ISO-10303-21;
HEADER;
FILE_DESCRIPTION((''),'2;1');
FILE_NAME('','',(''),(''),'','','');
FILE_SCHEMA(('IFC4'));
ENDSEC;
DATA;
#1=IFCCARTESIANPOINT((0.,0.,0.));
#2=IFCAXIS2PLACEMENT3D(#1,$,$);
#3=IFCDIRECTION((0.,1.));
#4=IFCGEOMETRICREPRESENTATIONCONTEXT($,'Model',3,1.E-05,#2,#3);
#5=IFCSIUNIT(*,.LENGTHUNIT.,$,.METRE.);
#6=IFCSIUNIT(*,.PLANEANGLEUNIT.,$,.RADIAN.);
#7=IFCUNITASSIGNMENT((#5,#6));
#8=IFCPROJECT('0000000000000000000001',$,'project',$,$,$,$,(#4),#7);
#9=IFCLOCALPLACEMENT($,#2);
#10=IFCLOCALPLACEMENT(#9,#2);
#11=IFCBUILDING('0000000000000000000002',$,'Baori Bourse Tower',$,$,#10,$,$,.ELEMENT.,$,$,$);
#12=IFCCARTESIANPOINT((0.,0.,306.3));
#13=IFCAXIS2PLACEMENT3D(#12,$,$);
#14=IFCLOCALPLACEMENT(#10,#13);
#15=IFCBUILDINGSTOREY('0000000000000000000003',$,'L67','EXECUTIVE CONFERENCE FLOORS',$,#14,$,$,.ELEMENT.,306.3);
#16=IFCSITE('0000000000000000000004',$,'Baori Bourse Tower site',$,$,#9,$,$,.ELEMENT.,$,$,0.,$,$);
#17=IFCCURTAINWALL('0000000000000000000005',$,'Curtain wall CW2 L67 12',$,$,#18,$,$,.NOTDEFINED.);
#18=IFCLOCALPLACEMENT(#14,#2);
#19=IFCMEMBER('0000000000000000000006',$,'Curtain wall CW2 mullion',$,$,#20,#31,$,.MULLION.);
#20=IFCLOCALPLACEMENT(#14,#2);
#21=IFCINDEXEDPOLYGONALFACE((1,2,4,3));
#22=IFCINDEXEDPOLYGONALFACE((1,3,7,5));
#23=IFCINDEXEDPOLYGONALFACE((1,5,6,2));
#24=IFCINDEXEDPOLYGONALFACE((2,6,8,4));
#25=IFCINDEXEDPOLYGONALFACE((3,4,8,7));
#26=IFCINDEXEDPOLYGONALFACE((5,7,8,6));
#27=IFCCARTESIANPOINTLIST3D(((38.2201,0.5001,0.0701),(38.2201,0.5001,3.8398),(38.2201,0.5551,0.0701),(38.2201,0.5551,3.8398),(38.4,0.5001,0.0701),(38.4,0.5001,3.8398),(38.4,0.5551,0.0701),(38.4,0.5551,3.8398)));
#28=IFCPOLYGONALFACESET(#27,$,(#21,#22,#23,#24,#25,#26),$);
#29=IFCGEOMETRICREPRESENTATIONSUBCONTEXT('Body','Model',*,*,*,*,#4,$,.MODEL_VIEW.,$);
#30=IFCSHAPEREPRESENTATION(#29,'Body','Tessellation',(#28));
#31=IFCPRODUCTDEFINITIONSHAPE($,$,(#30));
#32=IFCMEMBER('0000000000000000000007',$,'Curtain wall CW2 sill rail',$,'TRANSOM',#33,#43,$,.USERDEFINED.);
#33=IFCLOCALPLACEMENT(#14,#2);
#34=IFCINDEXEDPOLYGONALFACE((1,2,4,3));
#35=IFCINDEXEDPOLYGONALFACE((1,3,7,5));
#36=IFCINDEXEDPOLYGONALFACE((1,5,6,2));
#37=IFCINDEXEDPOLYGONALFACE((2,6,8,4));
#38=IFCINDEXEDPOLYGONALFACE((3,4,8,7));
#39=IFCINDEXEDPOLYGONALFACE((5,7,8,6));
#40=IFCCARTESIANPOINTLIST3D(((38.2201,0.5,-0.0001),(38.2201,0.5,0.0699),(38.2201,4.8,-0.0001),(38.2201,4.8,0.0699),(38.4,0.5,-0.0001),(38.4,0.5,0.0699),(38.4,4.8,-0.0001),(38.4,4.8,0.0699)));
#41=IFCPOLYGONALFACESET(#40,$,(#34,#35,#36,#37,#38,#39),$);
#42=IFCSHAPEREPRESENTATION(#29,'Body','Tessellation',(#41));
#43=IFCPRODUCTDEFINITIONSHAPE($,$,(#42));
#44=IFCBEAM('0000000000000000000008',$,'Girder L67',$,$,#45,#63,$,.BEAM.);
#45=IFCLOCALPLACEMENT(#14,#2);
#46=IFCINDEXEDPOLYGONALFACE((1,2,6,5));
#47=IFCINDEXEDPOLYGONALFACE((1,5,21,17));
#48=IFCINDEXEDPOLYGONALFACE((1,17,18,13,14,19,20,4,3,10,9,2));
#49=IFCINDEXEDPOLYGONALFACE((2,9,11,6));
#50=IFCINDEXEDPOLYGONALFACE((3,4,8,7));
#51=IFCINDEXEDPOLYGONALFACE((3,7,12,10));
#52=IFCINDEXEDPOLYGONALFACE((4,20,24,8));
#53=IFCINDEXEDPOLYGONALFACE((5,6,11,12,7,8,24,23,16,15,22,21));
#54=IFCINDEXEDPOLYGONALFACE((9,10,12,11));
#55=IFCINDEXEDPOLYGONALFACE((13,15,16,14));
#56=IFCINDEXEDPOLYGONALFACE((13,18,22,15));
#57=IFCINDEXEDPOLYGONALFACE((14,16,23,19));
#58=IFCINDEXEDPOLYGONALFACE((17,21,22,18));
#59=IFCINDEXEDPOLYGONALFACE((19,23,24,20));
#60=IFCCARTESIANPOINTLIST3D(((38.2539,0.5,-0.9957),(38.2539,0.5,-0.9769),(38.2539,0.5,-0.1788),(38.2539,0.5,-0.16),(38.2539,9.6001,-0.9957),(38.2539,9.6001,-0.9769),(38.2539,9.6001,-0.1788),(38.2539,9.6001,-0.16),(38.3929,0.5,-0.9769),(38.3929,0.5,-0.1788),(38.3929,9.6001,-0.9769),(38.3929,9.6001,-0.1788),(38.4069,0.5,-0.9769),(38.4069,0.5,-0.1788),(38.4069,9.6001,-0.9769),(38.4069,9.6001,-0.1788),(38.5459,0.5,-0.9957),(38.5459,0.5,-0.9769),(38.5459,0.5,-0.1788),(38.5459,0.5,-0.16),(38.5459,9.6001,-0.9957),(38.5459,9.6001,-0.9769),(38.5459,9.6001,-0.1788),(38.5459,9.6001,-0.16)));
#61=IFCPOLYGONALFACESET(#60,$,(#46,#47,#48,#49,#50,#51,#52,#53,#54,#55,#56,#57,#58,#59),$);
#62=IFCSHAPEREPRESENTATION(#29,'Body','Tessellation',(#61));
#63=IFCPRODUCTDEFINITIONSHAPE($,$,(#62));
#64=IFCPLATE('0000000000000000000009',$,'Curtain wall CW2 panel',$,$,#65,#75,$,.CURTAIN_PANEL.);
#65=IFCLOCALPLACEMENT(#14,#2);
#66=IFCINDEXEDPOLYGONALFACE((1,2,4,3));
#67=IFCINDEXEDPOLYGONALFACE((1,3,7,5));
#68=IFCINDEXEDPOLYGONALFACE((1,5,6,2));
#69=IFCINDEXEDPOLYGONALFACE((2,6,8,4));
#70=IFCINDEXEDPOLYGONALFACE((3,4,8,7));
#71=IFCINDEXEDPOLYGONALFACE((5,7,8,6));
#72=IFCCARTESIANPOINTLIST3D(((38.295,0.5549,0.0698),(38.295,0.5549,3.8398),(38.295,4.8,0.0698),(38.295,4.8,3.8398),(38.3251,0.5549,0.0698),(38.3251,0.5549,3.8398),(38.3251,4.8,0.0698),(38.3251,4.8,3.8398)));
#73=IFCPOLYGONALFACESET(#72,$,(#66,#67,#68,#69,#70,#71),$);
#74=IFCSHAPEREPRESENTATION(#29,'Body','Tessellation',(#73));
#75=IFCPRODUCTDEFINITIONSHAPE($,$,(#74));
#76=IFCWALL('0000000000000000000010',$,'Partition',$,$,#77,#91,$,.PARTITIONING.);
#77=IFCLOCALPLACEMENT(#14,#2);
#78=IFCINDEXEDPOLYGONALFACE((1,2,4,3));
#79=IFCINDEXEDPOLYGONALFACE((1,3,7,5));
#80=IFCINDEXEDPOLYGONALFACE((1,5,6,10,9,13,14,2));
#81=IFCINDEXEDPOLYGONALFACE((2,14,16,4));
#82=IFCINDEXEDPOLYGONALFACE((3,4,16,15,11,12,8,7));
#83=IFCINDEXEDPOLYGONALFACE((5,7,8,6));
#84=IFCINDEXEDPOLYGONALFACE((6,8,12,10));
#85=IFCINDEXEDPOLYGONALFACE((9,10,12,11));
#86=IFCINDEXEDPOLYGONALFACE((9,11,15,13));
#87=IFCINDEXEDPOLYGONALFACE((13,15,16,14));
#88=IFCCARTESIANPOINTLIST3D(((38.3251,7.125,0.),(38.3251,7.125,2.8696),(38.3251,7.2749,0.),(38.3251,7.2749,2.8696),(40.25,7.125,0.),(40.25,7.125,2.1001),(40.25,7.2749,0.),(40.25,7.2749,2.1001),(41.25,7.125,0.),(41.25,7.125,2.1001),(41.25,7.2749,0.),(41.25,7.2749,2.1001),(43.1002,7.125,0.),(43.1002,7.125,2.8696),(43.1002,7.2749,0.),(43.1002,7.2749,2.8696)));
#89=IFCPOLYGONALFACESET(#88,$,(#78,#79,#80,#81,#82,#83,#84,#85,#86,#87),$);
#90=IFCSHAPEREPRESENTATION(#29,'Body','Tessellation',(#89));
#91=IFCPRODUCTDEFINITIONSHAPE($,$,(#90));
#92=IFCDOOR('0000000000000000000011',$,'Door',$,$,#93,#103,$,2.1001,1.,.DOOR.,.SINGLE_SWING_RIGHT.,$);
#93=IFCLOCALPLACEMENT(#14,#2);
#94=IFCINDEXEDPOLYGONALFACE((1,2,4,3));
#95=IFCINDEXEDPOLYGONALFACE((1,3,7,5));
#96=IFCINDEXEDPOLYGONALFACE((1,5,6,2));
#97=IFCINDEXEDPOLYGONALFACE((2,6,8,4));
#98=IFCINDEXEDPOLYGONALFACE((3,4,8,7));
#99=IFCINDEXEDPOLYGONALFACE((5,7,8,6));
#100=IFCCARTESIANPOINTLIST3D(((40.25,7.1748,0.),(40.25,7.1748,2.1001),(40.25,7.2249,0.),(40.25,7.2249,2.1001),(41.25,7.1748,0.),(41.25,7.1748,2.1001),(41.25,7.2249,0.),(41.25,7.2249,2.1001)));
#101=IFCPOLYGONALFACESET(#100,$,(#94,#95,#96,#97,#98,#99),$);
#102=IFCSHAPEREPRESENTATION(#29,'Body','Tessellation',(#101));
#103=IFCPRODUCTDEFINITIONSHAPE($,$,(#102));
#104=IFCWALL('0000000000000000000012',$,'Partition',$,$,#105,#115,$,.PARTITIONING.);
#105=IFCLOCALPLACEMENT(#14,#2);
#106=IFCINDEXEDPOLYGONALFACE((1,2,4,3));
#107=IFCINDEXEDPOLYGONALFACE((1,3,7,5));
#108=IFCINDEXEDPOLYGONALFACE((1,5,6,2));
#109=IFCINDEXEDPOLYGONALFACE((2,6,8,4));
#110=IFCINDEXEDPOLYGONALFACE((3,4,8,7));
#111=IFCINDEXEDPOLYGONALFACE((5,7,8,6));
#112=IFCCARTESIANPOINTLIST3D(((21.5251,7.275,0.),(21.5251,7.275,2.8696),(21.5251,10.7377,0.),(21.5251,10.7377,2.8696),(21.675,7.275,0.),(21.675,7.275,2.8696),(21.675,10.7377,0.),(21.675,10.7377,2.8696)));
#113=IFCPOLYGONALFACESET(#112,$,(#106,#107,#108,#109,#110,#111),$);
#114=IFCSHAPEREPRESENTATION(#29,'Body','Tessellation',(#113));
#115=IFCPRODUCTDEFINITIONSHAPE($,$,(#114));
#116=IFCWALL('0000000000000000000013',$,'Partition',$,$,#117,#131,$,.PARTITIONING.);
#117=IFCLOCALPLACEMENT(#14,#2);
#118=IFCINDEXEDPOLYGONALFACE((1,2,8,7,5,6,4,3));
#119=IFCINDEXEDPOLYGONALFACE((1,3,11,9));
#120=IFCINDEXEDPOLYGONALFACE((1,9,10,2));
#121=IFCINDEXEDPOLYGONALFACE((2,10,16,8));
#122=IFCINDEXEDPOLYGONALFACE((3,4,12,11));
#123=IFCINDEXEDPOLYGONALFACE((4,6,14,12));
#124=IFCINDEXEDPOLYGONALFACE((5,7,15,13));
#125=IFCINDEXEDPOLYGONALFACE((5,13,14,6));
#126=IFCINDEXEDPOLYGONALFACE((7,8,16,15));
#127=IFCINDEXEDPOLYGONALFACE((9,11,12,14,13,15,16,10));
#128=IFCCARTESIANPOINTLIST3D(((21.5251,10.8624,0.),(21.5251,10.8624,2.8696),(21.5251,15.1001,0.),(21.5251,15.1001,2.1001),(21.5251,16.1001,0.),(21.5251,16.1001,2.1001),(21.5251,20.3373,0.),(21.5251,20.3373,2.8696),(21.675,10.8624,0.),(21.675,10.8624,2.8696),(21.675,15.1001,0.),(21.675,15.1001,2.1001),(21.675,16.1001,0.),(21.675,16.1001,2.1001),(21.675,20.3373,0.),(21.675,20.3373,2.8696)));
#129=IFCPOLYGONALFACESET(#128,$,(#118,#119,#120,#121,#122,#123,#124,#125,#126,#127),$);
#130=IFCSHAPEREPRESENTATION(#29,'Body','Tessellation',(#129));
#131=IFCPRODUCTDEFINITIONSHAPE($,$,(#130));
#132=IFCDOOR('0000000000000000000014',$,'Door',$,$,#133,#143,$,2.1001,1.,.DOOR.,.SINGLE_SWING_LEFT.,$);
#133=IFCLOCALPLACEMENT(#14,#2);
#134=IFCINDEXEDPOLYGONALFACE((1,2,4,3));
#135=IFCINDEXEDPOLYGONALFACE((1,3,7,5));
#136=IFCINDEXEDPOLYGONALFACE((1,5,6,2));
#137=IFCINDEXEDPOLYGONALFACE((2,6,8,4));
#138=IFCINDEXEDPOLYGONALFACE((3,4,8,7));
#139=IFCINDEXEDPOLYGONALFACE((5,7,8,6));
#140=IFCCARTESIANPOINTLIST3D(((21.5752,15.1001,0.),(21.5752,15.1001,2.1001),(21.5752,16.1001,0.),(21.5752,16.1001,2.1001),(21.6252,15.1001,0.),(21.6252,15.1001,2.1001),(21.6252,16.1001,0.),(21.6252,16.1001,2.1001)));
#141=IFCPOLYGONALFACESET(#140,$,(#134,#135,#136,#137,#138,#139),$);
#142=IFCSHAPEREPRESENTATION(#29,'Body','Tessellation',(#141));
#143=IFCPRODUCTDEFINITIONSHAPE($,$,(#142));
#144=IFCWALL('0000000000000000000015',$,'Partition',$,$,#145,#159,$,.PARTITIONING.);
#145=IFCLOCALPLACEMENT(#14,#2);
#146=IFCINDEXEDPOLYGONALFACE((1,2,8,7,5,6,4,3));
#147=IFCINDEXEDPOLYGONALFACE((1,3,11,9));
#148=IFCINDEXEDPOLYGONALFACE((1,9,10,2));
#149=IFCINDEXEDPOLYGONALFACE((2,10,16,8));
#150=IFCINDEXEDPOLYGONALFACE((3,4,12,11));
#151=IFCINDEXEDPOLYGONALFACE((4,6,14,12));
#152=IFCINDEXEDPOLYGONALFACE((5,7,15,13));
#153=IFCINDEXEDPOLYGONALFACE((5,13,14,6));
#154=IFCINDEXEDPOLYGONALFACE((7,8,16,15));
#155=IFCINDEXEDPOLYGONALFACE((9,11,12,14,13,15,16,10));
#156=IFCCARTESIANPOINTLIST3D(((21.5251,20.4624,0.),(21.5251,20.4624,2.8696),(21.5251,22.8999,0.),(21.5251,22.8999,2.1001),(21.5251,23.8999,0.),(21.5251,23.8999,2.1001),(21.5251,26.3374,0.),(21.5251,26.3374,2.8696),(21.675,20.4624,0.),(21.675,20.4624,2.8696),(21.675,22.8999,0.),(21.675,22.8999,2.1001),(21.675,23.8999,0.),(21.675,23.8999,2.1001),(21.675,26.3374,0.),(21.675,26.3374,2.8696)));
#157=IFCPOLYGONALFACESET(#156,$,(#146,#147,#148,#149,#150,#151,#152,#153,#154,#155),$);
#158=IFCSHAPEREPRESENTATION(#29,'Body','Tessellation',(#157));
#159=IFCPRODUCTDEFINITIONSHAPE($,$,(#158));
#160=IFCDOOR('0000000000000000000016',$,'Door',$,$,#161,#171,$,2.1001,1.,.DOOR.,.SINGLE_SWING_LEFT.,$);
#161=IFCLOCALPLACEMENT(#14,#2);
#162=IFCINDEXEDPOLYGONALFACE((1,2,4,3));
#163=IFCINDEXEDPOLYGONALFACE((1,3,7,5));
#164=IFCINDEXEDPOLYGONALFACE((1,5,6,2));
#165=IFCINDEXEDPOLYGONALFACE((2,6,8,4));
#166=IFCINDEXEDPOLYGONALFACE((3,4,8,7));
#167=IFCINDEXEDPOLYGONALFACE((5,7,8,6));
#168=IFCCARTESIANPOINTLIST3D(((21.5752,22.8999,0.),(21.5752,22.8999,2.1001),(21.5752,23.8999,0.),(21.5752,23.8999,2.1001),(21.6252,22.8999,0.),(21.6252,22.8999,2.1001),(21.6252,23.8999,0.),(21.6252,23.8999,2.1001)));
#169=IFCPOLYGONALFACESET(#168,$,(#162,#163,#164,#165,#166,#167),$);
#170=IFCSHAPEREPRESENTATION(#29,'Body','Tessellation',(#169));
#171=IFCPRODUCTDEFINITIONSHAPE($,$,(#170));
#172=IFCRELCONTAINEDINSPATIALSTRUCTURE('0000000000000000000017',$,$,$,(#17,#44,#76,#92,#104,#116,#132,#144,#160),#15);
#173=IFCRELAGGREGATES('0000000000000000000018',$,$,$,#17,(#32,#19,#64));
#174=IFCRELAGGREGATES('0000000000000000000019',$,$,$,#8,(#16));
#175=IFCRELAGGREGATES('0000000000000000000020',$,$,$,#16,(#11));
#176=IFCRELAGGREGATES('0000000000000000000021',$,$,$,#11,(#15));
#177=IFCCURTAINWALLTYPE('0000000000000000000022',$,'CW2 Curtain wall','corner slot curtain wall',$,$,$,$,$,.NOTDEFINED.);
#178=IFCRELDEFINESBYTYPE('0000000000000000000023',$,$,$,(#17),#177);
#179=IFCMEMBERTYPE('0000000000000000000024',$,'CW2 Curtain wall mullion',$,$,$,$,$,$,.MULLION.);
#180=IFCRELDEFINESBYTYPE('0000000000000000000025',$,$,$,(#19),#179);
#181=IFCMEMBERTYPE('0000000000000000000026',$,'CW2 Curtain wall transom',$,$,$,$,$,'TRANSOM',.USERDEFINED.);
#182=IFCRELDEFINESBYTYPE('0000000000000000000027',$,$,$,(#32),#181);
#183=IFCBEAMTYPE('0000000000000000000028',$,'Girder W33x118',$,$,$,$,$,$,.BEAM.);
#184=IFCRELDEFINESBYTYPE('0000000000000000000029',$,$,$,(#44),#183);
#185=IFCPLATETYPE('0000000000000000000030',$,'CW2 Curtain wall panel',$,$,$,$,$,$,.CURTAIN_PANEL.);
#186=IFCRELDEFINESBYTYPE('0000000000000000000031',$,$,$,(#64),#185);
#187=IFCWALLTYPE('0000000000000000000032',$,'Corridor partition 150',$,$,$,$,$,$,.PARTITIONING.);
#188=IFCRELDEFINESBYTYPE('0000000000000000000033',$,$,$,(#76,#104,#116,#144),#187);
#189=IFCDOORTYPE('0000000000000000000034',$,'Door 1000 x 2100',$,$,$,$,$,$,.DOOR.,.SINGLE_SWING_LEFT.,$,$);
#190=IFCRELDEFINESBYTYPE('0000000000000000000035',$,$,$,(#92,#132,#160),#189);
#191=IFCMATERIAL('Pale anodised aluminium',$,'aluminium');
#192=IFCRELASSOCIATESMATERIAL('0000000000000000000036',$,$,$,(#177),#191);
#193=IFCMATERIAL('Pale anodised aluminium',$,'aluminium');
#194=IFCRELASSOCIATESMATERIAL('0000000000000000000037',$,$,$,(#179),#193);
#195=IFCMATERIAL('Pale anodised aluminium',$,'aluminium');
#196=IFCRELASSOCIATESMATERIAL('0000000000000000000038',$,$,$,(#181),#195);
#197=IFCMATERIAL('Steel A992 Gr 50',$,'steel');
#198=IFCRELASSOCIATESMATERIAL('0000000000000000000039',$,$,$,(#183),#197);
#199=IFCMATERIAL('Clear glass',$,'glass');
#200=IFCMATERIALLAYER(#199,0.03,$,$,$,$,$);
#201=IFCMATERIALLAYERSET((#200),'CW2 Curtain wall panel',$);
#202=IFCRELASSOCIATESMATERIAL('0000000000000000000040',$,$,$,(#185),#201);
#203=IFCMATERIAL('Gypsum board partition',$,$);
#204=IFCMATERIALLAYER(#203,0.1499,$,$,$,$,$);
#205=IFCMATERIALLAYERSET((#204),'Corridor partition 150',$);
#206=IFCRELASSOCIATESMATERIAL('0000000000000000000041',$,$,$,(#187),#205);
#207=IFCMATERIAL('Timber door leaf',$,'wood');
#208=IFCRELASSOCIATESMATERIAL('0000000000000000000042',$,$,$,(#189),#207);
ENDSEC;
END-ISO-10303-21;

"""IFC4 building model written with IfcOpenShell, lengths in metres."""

from ifc_helpers import new_model, si_unit, direction, frame, frame_2d, origin, origin_2d, place, context, subcontext, project, spatial, rectangle, i_section, extrude, material, layer, layer_set, material_profile, profile_set, type_object, element, fill, aggregate, save


model = new_model("IFC4")

# Units and contexts
model_context = context("Model", 3, precision=1e-05, world=origin(), true_north=direction((0.0, 1.0)))
body_context = subcontext(model_context, "Body", "Model", "MODEL_VIEW")
ifc_project = project(units=[si_unit("LENGTHUNIT", "METRE"), si_unit("PLANEANGLEUNIT", "RADIAN")], contexts=[model_context])

# Site, building, storey
site_placement = place(None, origin())
site = spatial("IfcSite", under=ifc_project, at=site_placement, Name="Baori Bourse Tower site", CompositionType="ELEMENT", RefElevation=0.0)
building_placement = place(site_placement, origin())
building = spatial("IfcBuilding", under=site, at=building_placement, Name="Baori Bourse Tower", CompositionType="ELEMENT")
storey_placement = place(building_placement, frame((0.0, 0.0, 306.3)))
storey = spatial("IfcBuildingStorey", under=building, at=storey_placement, Name="L67", Description="EXECUTIVE CONFERENCE FLOORS", CompositionType="ELEMENT", Elevation=306.3)

# Curtain wall, members
ifc_material_1 = material(Name="Pale anodised aluminium", Category="aluminium")
curtain_wall_type = type_object("IfcCurtainWallType", Name="CW2 Curtain wall", Description="corner slot curtain wall", PredefinedType="NOTDEFINED", material=ifc_material_1)
curtain_wall_placement = place(storey_placement, origin())
curtain_wall = element("IfcCurtainWall", 1, at=curtain_wall_placement, inside=storey, type_object=curtain_wall_type, Name="Curtain wall CW2 L67 12", PredefinedType="NOTDEFINED")
ifc_material_2 = material(Name="Pale anodised aluminium", Category="aluminium")
ifc_material_profile_1 = material_profile(ifc_material_2, rectangle(XDim=0.1799, YDim=0.0549, at=origin_2d()), Name="Mullion 55x180")
ifc_profile_set_1 = profile_set([ifc_material_profile_1], Name="Pale anodised aluminium")
member_type_1 = type_object("IfcMemberType", Name="CW2 Curtain wall mullion", PredefinedType="MULLION", material=ifc_profile_set_1)
member_1_placement = place(storey_placement, frame((38.3101, 0.5276, 0.0701), z_axis=(0.0, 0.0, 1.0), x_axis=(-1.0, 0.0, 0.0)))
member_1 = element("IfcMember", 2, at=member_1_placement, type_object=member_type_1, Name="Curtain wall CW2 mullion", PredefinedType="MULLION", context=body_context, shape_type="SweptSolid", body=[
    extrude(rectangle(XDim=0.1799, YDim=0.0549, at=origin_2d()), origin(), (0.0, 0.0, 1.0), 3.7698),
])
ifc_material_3 = material(Name="Pale anodised aluminium", Category="aluminium")
ifc_material_profile_2 = material_profile(ifc_material_3, rectangle(XDim=0.1799, YDim=0.0701, at=origin_2d()), Name="Transom 70x180")
ifc_profile_set_2 = profile_set([ifc_material_profile_2], Name="Pale anodised aluminium")
member_type_2 = type_object("IfcMemberType", Name="CW2 Curtain wall transom", ElementType="TRANSOM", PredefinedType="USERDEFINED", material=ifc_profile_set_2)
member_2_placement = place(storey_placement, frame((38.3101, 0.5, 0.0349), z_axis=(0.0, 1.0, 0.0), x_axis=(-1.0, 0.0, 0.0)))
member_2 = element("IfcMember", 3, at=member_2_placement, type_object=member_type_2, Name="Curtain wall CW2 sill rail", ObjectType="TRANSOM", PredefinedType="USERDEFINED", context=body_context, shape_type="SweptSolid", body=[
    extrude(rectangle(XDim=0.1799, YDim=0.0701, at=origin_2d()), origin(), (0.0, 0.0, 1.0), 4.3),
])

# Beam
ifc_material_4 = material(Name="Steel A992 Gr 50", Category="steel")
ifc_material_profile_3 = material_profile(ifc_material_4, i_section(OverallWidth=0.292, OverallDepth=0.8357, WebThickness=0.0139, FlangeThickness=0.0188, at=origin_2d()), Name="W33x118")
ifc_profile_set_3 = profile_set([ifc_material_profile_3], Name="Steel A992 Gr 50")
beam_type = type_object("IfcBeamType", Name="Girder W33x118", PredefinedType="BEAM", material=ifc_profile_set_3)
beam_placement = place(storey_placement, frame((38.3999, 0.5, -0.5779), z_axis=(0.0, 1.0, 0.0), x_axis=(-1.0, 0.0, 0.0)))
element("IfcBeam", 4, at=beam_placement, inside=storey, type_object=beam_type, Name="Girder L67", PredefinedType="BEAM", context=body_context, shape_type="SweptSolid", body=[
    extrude(i_section(OverallWidth=0.292, OverallDepth=0.8357, WebThickness=0.0139, FlangeThickness=0.0188, at=origin_2d()), origin(), (0.0, 0.0, 1.0), 9.1001),
])

# Plate
ifc_material_5 = material(Name="Clear glass", Category="glass")
ifc_layer_1 = layer(ifc_material_5, 0.03)
ifc_layer_set_1 = layer_set([ifc_layer_1], Name="CW2 Curtain wall panel")
plate_type = type_object("IfcPlateType", Name="CW2 Curtain wall panel", PredefinedType="CURTAIN_PANEL", material=ifc_layer_set_1)
plate_placement = place(storey_placement, frame((38.3101, 2.6775, 0.0698), z_axis=(0.0, 0.0, 1.0), x_axis=(0.0, 1.0, 0.0)))
plate = element("IfcPlate", 5, at=plate_placement, type_object=plate_type, Name="Curtain wall CW2 panel", PredefinedType="CURTAIN_PANEL", context=body_context, shape_type="SweptSolid", body=[
    extrude(rectangle(XDim=4.2451, YDim=0.03, at=origin_2d()), origin(), (0.0, 0.0, 1.0), 3.77),
])
aggregate(curtain_wall, [member_2, member_1, plate])

# Wall, opening, door
ifc_material_6 = material(Name="Gypsum board partition")
ifc_layer_2 = layer(ifc_material_6, 0.1499)
ifc_layer_set_2 = layer_set([ifc_layer_2], Name="Corridor partition 150")
wall_type_1 = type_object("IfcWallType", Name="Corridor partition 150", PredefinedType="PARTITIONING", material=ifc_layer_set_2)
wall_1_placement = place(storey_placement, frame((38.325, 7.2, 0.0), z_axis=(0.0, 0.0, 1.0), x_axis=(1.0, 0.0, 0.0)))
wall_1 = element("IfcWall", 6, at=wall_1_placement, inside=storey, type_object=wall_type_1, Name="Partition", PredefinedType="PARTITIONING", context=body_context, shape_type="SweptSolid", body=[
    extrude(rectangle(XDim=4.7751, YDim=0.1499, at=frame_2d((2.3877, 0.0))), origin(), (0.0, 0.0, 1.0), 2.8696),
])
opening_1_placement = place(wall_1_placement, frame((1.925, 0.0, 0.0)))
opening_1 = element("IfcOpeningElement", 7, at=opening_1_placement, cuts=wall_1, PredefinedType="OPENING", context=body_context, shape_type="SweptSolid", body=[
    extrude(rectangle(XDim=1.0, YDim=2.1001, at=frame_2d((0.5, 1.05))), frame((0.0, 0.085, 0.0), z_axis=(0.0, -1.0, 0.0), x_axis=(1.0, 0.0, 0.0)), (0.0, 0.0, 1.0), 0.1699),
])
ifc_material_7 = material(Name="Timber door leaf", Category="wood")
door_type = type_object("IfcDoorType", Name="Door 1000 x 2100", OperationType="SINGLE_SWING_LEFT", PredefinedType="DOOR", material=ifc_material_7)
door_1_placement = place(opening_1_placement, origin())
door_1 = element("IfcDoor", 8, at=door_1_placement, inside=storey, type_object=door_type, Name="Door", OperationType="SINGLE_SWING_RIGHT", OverallHeight=2.1001, OverallWidth=1.0, PredefinedType="DOOR", context=body_context, shape_type="SweptSolid", body=[
    extrude(rectangle(XDim=1.0, YDim=2.1001, at=frame_2d((0.5, 1.05))), frame((0.0, 0.0249, 0.0), z_axis=(0.0, -1.0, 0.0), x_axis=(1.0, 0.0, 0.0)), (0.0, 0.0, 1.0), 0.05),
])
fill(opening_1, door_1)

# Wall
wall_2_placement = place(storey_placement, frame((21.6001, 7.2749, 0.0), z_axis=(0.0, 0.0, 1.0), x_axis=(0.0, 1.0, 0.0)))
element("IfcWall", 9, at=wall_2_placement, inside=storey, type_object=wall_type_1, Name="Partition", PredefinedType="PARTITIONING", context=body_context, shape_type="SweptSolid", body=[
    extrude(rectangle(XDim=3.4626, YDim=0.1499, at=frame_2d((1.7314, 0.0))), origin(), (0.0, 0.0, 1.0), 2.8696),
])

# Walls, openings, doors
wall_3_placement = place(storey_placement, frame((21.6001, 10.8625, 0.0), z_axis=(0.0, 0.0, 1.0), x_axis=(0.0, 1.0, 0.0)))
wall_3 = element("IfcWall", 10, at=wall_3_placement, inside=storey, type_object=wall_type_1, Name="Partition", PredefinedType="PARTITIONING", context=body_context, shape_type="SweptSolid", body=[
    extrude(rectangle(XDim=9.4749, YDim=0.1499, at=frame_2d((4.7373, 0.0))), origin(), (0.0, 0.0, 1.0), 2.8696),
])
opening_2_placement = place(wall_3_placement, frame((4.2375, 0.0, 0.0)))
opening_2 = element("IfcOpeningElement", 11, at=opening_2_placement, cuts=wall_3, PredefinedType="OPENING", context=body_context, shape_type="SweptSolid", body=[
    extrude(rectangle(XDim=1.0, YDim=2.1001, at=frame_2d((0.5, 1.05))), frame((0.0, 0.085, 0.0), z_axis=(0.0, -1.0, 0.0), x_axis=(1.0, 0.0, 0.0)), (0.0, 0.0, 1.0), 0.1699),
])
door_2_placement = place(opening_2_placement, origin())
door_2 = element("IfcDoor", 12, at=door_2_placement, inside=storey, type_object=door_type, Name="Door", OperationType="SINGLE_SWING_LEFT", OverallHeight=2.1001, OverallWidth=1.0, PredefinedType="DOOR", context=body_context, shape_type="SweptSolid", body=[
    extrude(rectangle(XDim=1.0, YDim=2.1001, at=frame_2d((0.5, 1.05))), frame((0.0, 0.0249, 0.0), z_axis=(0.0, -1.0, 0.0), x_axis=(1.0, 0.0, 0.0)), (0.0, 0.0, 1.0), 0.05),
])
fill(opening_2, door_2)
wall_4_placement = place(storey_placement, frame((21.6001, 20.4624, 0.0), z_axis=(0.0, 0.0, 1.0), x_axis=(0.0, 1.0, 0.0)))
wall_4 = element("IfcWall", 13, at=wall_4_placement, inside=storey, type_object=wall_type_1, Name="Partition", PredefinedType="PARTITIONING", context=body_context, shape_type="SweptSolid", body=[
    extrude(rectangle(XDim=5.875, YDim=0.1499, at=frame_2d((2.9375, 0.0))), origin(), (0.0, 0.0, 1.0), 2.8696),
])
opening_3_placement = place(wall_4_placement, frame((2.4375, 0.0, 0.0)))
opening_3 = element("IfcOpeningElement", 14, at=opening_3_placement, cuts=wall_4, PredefinedType="OPENING", context=body_context, shape_type="SweptSolid", body=[
    extrude(rectangle(XDim=1.0, YDim=2.1001, at=frame_2d((0.5, 1.05))), frame((0.0, 0.085, 0.0), z_axis=(0.0, -1.0, 0.0), x_axis=(1.0, 0.0, 0.0)), (0.0, 0.0, 1.0), 0.1699),
])
door_3_placement = place(opening_3_placement, origin())
door_3 = element("IfcDoor", 15, at=door_3_placement, inside=storey, type_object=door_type, Name="Door", OperationType="SINGLE_SWING_LEFT", OverallHeight=2.1001, OverallWidth=1.0, PredefinedType="DOOR", context=body_context, shape_type="SweptSolid", body=[
    extrude(rectangle(XDim=1.0, YDim=2.1001, at=frame_2d((0.5, 1.05))), frame((0.0, 0.0249, 0.0), z_axis=(0.0, -1.0, 0.0), x_axis=(1.0, 0.0, 0.0)), (0.0, 0.0, 1.0), 0.05),
])
fill(opening_3, door_3)

save(model, "model.ifc")
